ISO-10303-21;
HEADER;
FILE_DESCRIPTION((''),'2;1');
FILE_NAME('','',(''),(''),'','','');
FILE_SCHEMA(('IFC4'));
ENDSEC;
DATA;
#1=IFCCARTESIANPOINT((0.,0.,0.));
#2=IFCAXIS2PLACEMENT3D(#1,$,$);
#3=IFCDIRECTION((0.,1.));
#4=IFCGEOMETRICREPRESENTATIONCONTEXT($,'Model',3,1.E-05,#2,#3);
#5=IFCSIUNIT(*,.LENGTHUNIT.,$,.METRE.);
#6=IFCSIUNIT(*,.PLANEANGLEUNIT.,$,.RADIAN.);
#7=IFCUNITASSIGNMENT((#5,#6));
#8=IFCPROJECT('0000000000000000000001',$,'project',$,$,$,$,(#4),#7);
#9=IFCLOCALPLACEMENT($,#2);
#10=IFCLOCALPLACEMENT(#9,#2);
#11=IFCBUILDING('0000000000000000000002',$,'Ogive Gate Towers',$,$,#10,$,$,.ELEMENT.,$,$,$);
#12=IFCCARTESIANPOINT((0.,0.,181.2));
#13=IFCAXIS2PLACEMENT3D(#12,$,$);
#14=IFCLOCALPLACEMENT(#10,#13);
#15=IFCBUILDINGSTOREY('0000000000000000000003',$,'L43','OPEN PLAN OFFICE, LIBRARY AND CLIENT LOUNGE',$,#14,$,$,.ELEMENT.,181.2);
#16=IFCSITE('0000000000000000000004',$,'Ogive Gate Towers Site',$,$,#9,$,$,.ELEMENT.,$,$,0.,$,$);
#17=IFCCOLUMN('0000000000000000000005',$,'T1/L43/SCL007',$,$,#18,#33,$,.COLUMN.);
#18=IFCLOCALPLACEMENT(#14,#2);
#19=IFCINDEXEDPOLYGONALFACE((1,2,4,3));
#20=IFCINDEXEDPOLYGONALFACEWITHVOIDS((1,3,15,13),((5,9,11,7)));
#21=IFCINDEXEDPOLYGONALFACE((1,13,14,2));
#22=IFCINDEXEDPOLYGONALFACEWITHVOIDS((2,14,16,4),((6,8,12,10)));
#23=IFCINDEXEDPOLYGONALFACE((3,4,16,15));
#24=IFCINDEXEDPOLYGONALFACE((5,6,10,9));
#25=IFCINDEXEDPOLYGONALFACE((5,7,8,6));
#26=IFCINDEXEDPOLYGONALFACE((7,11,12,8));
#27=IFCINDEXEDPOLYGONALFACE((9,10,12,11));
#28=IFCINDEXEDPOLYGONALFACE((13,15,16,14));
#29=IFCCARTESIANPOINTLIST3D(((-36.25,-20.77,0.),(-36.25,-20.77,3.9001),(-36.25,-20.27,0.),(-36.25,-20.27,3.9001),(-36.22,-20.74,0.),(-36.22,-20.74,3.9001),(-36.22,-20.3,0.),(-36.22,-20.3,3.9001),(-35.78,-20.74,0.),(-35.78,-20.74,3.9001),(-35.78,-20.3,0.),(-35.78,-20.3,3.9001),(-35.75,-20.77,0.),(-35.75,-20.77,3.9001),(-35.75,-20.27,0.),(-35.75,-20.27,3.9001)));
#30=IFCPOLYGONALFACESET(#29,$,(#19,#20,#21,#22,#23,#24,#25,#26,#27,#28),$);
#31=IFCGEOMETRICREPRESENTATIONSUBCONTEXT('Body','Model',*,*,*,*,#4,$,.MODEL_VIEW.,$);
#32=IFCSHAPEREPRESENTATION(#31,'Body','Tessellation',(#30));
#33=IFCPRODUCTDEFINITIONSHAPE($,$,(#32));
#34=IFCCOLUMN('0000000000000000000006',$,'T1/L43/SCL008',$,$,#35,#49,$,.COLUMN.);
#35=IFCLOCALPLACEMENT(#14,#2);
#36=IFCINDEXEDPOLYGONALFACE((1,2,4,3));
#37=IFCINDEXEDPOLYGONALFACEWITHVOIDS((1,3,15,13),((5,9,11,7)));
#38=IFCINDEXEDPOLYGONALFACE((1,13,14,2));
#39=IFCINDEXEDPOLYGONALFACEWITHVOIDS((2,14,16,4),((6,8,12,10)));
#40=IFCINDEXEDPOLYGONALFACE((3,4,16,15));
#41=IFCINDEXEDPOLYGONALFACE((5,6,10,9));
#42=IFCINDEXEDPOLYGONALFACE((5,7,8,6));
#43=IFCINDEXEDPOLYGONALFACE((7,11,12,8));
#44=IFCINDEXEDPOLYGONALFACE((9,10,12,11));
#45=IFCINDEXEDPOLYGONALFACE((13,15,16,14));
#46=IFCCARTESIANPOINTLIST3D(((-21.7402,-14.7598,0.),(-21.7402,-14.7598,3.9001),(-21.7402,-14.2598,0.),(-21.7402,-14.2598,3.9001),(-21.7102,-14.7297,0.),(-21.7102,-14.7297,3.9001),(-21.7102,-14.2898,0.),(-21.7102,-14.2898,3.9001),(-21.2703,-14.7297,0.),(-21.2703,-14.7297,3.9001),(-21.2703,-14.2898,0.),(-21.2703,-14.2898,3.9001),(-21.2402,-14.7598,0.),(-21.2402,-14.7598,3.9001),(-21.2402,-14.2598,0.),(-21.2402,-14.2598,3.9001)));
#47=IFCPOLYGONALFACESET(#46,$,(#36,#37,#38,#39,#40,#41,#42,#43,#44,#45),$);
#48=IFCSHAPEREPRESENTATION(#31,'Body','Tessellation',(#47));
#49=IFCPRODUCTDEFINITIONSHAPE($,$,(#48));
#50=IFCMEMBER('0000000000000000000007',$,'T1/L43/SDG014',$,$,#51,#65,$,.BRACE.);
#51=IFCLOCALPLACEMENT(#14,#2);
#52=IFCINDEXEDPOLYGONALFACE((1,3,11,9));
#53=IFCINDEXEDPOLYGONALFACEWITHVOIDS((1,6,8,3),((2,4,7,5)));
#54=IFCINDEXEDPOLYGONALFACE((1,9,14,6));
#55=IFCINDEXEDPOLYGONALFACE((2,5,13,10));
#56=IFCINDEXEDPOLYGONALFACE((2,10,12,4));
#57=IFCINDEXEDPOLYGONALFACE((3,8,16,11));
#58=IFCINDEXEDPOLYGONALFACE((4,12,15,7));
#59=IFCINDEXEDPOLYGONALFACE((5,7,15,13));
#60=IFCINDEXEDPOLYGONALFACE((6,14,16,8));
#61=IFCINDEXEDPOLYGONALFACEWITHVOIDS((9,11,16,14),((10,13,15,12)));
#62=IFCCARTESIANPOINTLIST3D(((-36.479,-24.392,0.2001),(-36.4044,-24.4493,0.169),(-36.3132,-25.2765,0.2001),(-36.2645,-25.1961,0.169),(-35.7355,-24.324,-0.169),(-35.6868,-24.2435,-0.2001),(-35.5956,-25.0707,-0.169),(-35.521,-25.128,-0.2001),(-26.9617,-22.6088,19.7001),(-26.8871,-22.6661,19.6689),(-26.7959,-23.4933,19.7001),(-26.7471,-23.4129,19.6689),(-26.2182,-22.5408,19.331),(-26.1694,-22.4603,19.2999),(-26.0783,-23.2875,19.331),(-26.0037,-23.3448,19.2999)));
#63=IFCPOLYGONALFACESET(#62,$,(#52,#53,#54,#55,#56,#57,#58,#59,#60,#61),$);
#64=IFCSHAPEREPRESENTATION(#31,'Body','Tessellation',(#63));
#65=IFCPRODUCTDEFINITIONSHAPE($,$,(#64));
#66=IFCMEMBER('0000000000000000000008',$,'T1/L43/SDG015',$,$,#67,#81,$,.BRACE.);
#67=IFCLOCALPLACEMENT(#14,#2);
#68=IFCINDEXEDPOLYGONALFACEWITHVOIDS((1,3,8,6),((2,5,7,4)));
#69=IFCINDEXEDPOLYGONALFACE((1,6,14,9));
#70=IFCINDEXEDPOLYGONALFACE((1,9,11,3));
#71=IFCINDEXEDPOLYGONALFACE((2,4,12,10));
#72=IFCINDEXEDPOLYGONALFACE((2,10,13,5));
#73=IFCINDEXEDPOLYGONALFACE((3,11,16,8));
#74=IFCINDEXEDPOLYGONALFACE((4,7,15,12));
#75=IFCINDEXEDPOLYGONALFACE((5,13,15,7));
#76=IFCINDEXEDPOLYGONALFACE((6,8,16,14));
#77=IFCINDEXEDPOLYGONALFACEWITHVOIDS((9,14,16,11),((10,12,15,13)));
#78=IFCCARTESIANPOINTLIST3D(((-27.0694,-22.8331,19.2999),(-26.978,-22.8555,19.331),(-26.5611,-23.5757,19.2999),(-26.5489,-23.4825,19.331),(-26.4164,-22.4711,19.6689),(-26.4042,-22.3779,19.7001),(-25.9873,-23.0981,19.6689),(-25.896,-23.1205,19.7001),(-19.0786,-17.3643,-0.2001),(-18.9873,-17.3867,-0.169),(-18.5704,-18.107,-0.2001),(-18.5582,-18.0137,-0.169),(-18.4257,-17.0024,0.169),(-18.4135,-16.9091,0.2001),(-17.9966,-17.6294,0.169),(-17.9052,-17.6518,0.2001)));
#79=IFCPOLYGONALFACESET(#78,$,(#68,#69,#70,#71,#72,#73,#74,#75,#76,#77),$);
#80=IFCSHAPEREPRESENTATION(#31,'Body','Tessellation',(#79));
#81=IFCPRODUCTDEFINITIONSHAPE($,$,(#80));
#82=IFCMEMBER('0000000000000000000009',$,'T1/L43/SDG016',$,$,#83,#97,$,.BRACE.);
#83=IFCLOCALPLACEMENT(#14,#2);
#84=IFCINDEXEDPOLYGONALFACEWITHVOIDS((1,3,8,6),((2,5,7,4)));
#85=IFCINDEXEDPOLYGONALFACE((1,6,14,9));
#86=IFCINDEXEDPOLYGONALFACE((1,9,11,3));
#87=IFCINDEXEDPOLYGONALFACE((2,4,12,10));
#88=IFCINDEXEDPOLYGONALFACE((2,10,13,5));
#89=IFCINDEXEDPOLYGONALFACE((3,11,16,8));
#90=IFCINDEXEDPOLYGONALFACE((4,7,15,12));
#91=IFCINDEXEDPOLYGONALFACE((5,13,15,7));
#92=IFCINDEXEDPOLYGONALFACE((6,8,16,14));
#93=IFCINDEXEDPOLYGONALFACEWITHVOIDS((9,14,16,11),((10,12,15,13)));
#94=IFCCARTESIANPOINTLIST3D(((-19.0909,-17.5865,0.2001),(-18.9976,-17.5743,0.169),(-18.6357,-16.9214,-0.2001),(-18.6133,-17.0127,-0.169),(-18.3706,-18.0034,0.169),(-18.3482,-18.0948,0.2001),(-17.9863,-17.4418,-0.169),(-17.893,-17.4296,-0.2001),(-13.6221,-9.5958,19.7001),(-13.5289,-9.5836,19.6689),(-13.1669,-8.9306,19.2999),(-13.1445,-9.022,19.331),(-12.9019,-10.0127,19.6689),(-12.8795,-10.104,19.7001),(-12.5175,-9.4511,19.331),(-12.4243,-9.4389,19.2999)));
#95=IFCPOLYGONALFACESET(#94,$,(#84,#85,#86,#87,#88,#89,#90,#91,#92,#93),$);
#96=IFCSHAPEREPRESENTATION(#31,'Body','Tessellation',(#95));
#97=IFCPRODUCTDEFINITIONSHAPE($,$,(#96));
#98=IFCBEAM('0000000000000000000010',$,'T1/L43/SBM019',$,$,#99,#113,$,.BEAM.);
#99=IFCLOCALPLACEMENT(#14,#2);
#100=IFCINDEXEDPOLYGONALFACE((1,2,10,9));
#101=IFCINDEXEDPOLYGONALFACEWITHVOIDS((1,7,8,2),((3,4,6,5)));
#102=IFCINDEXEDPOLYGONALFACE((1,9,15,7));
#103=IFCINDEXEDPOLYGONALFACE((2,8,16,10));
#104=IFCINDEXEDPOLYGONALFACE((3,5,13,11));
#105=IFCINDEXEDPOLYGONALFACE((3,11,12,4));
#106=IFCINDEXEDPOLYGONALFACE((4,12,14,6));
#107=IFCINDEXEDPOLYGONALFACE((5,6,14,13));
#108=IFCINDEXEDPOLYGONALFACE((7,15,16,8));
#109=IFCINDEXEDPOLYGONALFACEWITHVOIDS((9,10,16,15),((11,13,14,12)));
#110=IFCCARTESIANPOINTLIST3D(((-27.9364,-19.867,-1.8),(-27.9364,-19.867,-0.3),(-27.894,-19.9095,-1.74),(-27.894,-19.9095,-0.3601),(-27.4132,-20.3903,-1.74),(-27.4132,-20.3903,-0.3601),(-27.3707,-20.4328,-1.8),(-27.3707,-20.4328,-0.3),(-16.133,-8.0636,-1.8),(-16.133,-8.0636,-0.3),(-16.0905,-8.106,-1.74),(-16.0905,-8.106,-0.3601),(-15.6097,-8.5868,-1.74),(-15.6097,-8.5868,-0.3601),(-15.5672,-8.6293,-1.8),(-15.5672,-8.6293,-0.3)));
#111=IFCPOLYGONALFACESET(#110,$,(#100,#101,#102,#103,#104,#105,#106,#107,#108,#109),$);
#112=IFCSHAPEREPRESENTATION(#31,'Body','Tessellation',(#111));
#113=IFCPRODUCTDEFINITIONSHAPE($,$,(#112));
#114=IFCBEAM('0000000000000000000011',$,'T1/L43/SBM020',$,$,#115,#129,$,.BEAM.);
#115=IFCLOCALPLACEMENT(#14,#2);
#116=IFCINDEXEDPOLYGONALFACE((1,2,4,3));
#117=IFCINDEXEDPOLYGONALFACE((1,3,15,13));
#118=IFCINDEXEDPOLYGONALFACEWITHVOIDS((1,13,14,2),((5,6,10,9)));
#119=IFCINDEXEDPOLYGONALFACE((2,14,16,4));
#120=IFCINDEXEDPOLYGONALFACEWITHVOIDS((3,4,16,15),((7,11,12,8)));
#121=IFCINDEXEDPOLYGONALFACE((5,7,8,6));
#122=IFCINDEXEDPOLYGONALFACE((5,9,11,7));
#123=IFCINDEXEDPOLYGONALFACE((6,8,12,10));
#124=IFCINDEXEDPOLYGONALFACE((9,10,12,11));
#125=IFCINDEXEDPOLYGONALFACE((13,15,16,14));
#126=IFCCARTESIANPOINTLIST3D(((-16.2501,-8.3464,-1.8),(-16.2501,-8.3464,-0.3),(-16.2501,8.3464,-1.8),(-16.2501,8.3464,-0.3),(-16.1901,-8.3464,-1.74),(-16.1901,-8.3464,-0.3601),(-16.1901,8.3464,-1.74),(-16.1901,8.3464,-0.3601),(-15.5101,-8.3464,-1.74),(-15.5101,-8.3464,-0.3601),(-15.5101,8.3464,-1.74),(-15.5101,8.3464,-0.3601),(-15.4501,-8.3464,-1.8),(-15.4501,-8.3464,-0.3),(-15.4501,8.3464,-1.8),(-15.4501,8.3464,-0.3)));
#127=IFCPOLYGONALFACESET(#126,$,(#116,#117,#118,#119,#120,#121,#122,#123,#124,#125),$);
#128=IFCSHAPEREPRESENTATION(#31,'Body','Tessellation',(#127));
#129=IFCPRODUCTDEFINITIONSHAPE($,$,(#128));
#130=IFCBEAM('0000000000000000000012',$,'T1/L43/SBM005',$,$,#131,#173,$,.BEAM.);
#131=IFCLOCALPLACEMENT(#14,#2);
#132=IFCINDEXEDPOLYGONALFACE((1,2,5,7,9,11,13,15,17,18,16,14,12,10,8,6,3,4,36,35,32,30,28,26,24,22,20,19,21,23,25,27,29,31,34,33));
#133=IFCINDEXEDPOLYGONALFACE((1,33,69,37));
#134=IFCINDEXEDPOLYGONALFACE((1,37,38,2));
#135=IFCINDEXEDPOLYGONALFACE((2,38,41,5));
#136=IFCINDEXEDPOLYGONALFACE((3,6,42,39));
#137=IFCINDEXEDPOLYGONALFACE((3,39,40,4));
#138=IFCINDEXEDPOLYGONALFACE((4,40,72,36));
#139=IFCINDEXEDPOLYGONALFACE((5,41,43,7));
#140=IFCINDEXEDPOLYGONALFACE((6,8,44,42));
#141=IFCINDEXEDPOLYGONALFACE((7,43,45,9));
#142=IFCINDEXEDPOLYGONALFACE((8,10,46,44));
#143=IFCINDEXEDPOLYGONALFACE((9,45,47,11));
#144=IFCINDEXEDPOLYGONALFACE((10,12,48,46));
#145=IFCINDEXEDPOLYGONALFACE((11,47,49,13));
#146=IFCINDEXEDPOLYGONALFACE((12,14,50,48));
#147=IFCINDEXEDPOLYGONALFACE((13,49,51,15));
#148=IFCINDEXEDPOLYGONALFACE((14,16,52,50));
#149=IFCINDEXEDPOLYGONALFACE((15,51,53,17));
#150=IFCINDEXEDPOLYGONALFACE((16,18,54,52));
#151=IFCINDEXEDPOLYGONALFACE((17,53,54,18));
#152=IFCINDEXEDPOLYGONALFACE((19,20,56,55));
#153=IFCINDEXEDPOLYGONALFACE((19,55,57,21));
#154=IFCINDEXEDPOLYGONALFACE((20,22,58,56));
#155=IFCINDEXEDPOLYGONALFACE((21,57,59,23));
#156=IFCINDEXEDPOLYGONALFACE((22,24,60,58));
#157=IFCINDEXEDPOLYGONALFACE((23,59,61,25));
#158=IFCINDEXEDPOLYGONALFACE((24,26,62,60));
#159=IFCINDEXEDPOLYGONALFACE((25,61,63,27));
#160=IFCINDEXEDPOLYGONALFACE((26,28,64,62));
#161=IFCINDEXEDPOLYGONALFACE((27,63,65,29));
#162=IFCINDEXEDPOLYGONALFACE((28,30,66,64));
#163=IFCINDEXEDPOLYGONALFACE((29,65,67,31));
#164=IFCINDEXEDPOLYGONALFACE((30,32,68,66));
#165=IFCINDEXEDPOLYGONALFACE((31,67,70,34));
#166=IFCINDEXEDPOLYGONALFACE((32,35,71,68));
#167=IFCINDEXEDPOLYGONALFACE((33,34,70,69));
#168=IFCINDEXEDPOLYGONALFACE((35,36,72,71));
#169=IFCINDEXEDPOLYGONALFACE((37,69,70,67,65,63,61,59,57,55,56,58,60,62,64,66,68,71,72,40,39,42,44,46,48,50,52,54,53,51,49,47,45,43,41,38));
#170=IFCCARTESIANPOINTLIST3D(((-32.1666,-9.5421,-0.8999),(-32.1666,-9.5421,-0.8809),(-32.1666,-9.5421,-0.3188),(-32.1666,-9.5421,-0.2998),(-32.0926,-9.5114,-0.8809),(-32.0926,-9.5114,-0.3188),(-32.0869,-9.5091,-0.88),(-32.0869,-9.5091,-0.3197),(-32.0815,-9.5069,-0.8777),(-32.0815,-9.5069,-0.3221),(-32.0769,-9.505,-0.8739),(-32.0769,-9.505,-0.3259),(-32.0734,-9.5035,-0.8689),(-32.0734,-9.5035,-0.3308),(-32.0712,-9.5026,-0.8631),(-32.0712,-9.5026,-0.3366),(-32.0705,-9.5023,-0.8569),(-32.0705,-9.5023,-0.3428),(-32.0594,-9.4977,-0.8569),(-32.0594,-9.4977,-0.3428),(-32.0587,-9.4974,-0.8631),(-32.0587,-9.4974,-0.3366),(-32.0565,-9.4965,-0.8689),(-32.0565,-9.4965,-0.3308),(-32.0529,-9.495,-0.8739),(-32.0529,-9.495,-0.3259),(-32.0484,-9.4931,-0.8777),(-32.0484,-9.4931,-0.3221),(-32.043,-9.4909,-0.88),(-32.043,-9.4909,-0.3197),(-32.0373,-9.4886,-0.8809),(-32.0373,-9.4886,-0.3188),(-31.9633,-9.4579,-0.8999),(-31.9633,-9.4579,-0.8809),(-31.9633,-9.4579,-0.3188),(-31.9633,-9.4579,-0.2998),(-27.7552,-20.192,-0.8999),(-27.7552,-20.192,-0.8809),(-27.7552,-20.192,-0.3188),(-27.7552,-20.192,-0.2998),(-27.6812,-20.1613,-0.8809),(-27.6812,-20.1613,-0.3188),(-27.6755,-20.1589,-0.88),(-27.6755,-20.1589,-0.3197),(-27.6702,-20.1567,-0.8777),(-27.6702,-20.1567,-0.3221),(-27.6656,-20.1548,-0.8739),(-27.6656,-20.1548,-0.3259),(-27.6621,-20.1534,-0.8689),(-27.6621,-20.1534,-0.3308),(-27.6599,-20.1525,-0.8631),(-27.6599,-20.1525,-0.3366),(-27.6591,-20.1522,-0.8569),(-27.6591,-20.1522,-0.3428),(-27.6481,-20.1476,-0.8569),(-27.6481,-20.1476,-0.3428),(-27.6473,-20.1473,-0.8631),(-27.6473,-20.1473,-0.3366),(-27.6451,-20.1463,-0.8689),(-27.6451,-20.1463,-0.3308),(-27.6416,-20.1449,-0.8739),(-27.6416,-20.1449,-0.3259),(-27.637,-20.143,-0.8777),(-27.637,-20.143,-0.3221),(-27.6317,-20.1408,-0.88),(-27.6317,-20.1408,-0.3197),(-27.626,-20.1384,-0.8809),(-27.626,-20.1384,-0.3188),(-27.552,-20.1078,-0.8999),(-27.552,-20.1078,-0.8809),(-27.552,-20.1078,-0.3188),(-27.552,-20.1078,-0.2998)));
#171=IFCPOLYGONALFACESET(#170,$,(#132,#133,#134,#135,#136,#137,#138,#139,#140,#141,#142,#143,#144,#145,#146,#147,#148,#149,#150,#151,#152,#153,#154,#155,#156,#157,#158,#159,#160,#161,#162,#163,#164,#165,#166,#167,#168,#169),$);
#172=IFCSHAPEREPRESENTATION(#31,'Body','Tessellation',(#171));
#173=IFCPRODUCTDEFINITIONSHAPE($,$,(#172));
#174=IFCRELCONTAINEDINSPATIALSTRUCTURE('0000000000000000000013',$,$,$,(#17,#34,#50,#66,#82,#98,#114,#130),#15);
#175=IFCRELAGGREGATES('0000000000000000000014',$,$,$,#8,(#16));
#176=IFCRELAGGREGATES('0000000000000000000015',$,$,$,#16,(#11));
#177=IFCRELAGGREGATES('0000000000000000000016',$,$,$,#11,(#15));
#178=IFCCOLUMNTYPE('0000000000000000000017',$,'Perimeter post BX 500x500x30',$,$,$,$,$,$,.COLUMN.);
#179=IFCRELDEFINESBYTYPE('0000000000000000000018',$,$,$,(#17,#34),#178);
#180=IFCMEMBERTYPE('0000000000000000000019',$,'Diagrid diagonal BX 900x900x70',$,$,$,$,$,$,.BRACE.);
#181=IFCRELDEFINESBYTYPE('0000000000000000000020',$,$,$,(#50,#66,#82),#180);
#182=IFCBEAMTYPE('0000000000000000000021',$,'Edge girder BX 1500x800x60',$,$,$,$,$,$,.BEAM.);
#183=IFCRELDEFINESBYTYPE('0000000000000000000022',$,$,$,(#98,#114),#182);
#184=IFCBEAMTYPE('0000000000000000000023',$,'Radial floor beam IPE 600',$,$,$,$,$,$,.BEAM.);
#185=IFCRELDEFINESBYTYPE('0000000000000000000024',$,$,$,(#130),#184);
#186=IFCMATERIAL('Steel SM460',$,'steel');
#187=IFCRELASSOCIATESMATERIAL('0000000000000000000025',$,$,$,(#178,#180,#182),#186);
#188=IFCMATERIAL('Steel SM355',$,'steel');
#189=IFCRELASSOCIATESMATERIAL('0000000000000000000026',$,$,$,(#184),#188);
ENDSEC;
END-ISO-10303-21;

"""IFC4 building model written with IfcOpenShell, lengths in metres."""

from ifc_helpers import new_model, si_unit, direction, frame, origin, origin_2d, place, context, subcontext, project, spatial, hollow_rectangle, i_section, extrude, material, material_profile, profile_set, type_object, element, save


model = new_model("IFC4")

# Units and contexts
model_context = context("Model", 3, precision=1e-05, world=origin(), true_north=direction((0.0, 1.0)))
body_context = subcontext(model_context, "Body", "Model", "MODEL_VIEW")
ifc_project = project(units=[si_unit("LENGTHUNIT", "METRE"), si_unit("PLANEANGLEUNIT", "RADIAN")], contexts=[model_context])

# Site, building, storey
site_placement = place(None, origin())
site = spatial("IfcSite", under=ifc_project, at=site_placement, Name="Ogive Gate Towers Site", CompositionType="ELEMENT", RefElevation=0.0)
building_placement = place(site_placement, origin())
building = spatial("IfcBuilding", under=site, at=building_placement, Name="Ogive Gate Towers", CompositionType="ELEMENT")
storey_placement = place(building_placement, frame((0.0, 0.0, 181.2)))
storey = spatial("IfcBuildingStorey", under=building, at=storey_placement, Name="L43", Description="OPEN PLAN OFFICE, LIBRARY AND CLIENT LOUNGE", CompositionType="ELEMENT", Elevation=181.2)

# Columns
ifc_material_1 = material(Name="Steel SM460", Category="steel")
ifc_material_profile_1 = material_profile(ifc_material_1, hollow_rectangle(XDim=0.5, YDim=0.5, WallThickness=0.03, at=origin_2d()), Name="BX 500x500x30")
ifc_profile_set_1 = profile_set([ifc_material_profile_1], Name="Steel SM460")
column_type = type_object("IfcColumnType", Name="Perimeter post BX 500x500x30", PredefinedType="COLUMN", material=ifc_profile_set_1)
for number, where, z_axis, x_axis, name in (
    (1, (-36.0, -20.52, 0.0), (0.0, 0.0, 1.0), (1.0, 0.0, 0.0), "T1/L43/SCL007"),
    (2, (-21.4902, -14.5098, 0.0), (0.0, 0.0, 1.0), (1.0, 0.0, 0.0), "T1/L43/SCL008"),
):
    element("IfcColumn", number, at=place(storey_placement, frame(where, z_axis=z_axis, x_axis=x_axis)), inside=storey, type_object=column_type, Name=name, PredefinedType="COLUMN", context=body_context, shape_type="SweptSolid", body=[
        extrude(hollow_rectangle(XDim=0.5, YDim=0.5, WallThickness=0.03, at=origin_2d()), origin(), (0.0, 0.0, 1.0), 3.9001),
    ])

# Members
ifc_material_profile_2 = material_profile(ifc_material_1, hollow_rectangle(XDim=0.8999, YDim=0.8999, WallThickness=0.0701, at=origin_2d()), Name="BX 900x900x70")
ifc_profile_set_2 = profile_set([ifc_material_profile_2], Name="Steel SM460")
member_type = type_object("IfcMemberType", Name="Diagrid diagonal BX 900x900x70", PredefinedType="BRACE", material=ifc_profile_set_2)
for number, where, z_axis, x_axis, name in (
    (3, (-36.0, -24.76, 0.0), (0.437141, 0.081904, 0.895656), (-0.184159, 0.982896, 0.0), "T1/L43/SDG014"),
    (4, (-18.4919, -17.5081, 0.0), (-0.367023, -0.251186, 0.895656), (0.564783, -0.825239, 0.0), "T1/L43/SDG015"),
    (5, (-18.4919, -17.5081, 0.0), (0.251186, 0.367023, 0.895656), (-0.825239, 0.564783, 0.0), "T1/L43/SDG016"),
):
    element("IfcMember", number, at=place(storey_placement, frame(where, z_axis=z_axis, x_axis=x_axis)), inside=storey, type_object=member_type, Name=name, PredefinedType="BRACE", context=body_context, shape_type="SweptSolid", body=[
        extrude(hollow_rectangle(XDim=0.8999, YDim=0.8999, WallThickness=0.0701, at=origin_2d()), origin(), (0.0, 0.0, 1.0), 21.7717),
    ])

# Beams
ifc_material_profile_3 = material_profile(ifc_material_1, hollow_rectangle(XDim=0.8, YDim=1.5, WallThickness=0.0601, at=origin_2d()), Name="BX 1500x800x60")
ifc_profile_set_3 = profile_set([ifc_material_profile_3], Name="Steel SM460")
beam_type_1 = type_object("IfcBeamType", Name="Edge girder BX 1500x800x60", PredefinedType="BEAM", material=ifc_profile_set_3)
beam_1_placement = place(storey_placement, frame((-27.6536, -20.1499, -1.05), z_axis=(0.707107, 0.707107, 0.0), x_axis=(-0.707107, 0.707107, 0.0)))
element("IfcBeam", 6, at=beam_1_placement, inside=storey, type_object=beam_type_1, Name="T1/L43/SBM019", PredefinedType="BEAM", context=body_context, shape_type="SweptSolid", body=[
    extrude(hollow_rectangle(XDim=0.8, YDim=1.5, WallThickness=0.0601, at=origin_2d()), origin(), (0.0, 0.0, 1.0), 16.6926),
])
beam_2_placement = place(storey_placement, frame((-15.8501, -8.3464, -1.05), z_axis=(0.0, 1.0, 0.0), x_axis=(-1.0, 0.0, 0.0)))
element("IfcBeam", 7, at=beam_2_placement, inside=storey, type_object=beam_type_1, Name="T1/L43/SBM020", PredefinedType="BEAM", context=body_context, shape_type="SweptSolid", body=[
    extrude(hollow_rectangle(XDim=0.8, YDim=1.5, WallThickness=0.0601, at=origin_2d()), origin(), (0.0, 0.0, 1.0), 16.6929),
])
ifc_material_2 = material(Name="Steel SM355", Category="steel")
ifc_material_profile_4 = material_profile(ifc_material_2, i_section(OverallWidth=0.22, OverallDepth=0.6001, WebThickness=0.012, FlangeThickness=0.019, FilletRadius=0.0239, at=origin_2d()), Name="IPE 600")
ifc_profile_set_4 = profile_set([ifc_material_profile_4], Name="Steel SM355")
beam_type_2 = type_object("IfcBeamType", Name="Radial floor beam IPE 600", PredefinedType="BEAM", material=ifc_profile_set_4)
for number, where, z_axis, x_axis, name in (
    (8, (-32.0649, -9.5, -0.5999), (0.382687, -0.923878, 0.0), (0.923878, 0.382687, 0.0), "T1/L43/SBM005"),
):
    element("IfcBeam", number, at=place(storey_placement, frame(where, z_axis=z_axis, x_axis=x_axis)), inside=storey, type_object=beam_type_2, Name=name, PredefinedType="BEAM", context=body_context, shape_type="SweptSolid", body=[
        extrude(i_section(OverallWidth=0.22, OverallDepth=0.6001, WebThickness=0.012, FlangeThickness=0.019, FilletRadius=0.0239, at=origin_2d()), origin(), (0.0, 0.0, 1.0), 11.5273),
    ])

save(model, "model.ifc")
